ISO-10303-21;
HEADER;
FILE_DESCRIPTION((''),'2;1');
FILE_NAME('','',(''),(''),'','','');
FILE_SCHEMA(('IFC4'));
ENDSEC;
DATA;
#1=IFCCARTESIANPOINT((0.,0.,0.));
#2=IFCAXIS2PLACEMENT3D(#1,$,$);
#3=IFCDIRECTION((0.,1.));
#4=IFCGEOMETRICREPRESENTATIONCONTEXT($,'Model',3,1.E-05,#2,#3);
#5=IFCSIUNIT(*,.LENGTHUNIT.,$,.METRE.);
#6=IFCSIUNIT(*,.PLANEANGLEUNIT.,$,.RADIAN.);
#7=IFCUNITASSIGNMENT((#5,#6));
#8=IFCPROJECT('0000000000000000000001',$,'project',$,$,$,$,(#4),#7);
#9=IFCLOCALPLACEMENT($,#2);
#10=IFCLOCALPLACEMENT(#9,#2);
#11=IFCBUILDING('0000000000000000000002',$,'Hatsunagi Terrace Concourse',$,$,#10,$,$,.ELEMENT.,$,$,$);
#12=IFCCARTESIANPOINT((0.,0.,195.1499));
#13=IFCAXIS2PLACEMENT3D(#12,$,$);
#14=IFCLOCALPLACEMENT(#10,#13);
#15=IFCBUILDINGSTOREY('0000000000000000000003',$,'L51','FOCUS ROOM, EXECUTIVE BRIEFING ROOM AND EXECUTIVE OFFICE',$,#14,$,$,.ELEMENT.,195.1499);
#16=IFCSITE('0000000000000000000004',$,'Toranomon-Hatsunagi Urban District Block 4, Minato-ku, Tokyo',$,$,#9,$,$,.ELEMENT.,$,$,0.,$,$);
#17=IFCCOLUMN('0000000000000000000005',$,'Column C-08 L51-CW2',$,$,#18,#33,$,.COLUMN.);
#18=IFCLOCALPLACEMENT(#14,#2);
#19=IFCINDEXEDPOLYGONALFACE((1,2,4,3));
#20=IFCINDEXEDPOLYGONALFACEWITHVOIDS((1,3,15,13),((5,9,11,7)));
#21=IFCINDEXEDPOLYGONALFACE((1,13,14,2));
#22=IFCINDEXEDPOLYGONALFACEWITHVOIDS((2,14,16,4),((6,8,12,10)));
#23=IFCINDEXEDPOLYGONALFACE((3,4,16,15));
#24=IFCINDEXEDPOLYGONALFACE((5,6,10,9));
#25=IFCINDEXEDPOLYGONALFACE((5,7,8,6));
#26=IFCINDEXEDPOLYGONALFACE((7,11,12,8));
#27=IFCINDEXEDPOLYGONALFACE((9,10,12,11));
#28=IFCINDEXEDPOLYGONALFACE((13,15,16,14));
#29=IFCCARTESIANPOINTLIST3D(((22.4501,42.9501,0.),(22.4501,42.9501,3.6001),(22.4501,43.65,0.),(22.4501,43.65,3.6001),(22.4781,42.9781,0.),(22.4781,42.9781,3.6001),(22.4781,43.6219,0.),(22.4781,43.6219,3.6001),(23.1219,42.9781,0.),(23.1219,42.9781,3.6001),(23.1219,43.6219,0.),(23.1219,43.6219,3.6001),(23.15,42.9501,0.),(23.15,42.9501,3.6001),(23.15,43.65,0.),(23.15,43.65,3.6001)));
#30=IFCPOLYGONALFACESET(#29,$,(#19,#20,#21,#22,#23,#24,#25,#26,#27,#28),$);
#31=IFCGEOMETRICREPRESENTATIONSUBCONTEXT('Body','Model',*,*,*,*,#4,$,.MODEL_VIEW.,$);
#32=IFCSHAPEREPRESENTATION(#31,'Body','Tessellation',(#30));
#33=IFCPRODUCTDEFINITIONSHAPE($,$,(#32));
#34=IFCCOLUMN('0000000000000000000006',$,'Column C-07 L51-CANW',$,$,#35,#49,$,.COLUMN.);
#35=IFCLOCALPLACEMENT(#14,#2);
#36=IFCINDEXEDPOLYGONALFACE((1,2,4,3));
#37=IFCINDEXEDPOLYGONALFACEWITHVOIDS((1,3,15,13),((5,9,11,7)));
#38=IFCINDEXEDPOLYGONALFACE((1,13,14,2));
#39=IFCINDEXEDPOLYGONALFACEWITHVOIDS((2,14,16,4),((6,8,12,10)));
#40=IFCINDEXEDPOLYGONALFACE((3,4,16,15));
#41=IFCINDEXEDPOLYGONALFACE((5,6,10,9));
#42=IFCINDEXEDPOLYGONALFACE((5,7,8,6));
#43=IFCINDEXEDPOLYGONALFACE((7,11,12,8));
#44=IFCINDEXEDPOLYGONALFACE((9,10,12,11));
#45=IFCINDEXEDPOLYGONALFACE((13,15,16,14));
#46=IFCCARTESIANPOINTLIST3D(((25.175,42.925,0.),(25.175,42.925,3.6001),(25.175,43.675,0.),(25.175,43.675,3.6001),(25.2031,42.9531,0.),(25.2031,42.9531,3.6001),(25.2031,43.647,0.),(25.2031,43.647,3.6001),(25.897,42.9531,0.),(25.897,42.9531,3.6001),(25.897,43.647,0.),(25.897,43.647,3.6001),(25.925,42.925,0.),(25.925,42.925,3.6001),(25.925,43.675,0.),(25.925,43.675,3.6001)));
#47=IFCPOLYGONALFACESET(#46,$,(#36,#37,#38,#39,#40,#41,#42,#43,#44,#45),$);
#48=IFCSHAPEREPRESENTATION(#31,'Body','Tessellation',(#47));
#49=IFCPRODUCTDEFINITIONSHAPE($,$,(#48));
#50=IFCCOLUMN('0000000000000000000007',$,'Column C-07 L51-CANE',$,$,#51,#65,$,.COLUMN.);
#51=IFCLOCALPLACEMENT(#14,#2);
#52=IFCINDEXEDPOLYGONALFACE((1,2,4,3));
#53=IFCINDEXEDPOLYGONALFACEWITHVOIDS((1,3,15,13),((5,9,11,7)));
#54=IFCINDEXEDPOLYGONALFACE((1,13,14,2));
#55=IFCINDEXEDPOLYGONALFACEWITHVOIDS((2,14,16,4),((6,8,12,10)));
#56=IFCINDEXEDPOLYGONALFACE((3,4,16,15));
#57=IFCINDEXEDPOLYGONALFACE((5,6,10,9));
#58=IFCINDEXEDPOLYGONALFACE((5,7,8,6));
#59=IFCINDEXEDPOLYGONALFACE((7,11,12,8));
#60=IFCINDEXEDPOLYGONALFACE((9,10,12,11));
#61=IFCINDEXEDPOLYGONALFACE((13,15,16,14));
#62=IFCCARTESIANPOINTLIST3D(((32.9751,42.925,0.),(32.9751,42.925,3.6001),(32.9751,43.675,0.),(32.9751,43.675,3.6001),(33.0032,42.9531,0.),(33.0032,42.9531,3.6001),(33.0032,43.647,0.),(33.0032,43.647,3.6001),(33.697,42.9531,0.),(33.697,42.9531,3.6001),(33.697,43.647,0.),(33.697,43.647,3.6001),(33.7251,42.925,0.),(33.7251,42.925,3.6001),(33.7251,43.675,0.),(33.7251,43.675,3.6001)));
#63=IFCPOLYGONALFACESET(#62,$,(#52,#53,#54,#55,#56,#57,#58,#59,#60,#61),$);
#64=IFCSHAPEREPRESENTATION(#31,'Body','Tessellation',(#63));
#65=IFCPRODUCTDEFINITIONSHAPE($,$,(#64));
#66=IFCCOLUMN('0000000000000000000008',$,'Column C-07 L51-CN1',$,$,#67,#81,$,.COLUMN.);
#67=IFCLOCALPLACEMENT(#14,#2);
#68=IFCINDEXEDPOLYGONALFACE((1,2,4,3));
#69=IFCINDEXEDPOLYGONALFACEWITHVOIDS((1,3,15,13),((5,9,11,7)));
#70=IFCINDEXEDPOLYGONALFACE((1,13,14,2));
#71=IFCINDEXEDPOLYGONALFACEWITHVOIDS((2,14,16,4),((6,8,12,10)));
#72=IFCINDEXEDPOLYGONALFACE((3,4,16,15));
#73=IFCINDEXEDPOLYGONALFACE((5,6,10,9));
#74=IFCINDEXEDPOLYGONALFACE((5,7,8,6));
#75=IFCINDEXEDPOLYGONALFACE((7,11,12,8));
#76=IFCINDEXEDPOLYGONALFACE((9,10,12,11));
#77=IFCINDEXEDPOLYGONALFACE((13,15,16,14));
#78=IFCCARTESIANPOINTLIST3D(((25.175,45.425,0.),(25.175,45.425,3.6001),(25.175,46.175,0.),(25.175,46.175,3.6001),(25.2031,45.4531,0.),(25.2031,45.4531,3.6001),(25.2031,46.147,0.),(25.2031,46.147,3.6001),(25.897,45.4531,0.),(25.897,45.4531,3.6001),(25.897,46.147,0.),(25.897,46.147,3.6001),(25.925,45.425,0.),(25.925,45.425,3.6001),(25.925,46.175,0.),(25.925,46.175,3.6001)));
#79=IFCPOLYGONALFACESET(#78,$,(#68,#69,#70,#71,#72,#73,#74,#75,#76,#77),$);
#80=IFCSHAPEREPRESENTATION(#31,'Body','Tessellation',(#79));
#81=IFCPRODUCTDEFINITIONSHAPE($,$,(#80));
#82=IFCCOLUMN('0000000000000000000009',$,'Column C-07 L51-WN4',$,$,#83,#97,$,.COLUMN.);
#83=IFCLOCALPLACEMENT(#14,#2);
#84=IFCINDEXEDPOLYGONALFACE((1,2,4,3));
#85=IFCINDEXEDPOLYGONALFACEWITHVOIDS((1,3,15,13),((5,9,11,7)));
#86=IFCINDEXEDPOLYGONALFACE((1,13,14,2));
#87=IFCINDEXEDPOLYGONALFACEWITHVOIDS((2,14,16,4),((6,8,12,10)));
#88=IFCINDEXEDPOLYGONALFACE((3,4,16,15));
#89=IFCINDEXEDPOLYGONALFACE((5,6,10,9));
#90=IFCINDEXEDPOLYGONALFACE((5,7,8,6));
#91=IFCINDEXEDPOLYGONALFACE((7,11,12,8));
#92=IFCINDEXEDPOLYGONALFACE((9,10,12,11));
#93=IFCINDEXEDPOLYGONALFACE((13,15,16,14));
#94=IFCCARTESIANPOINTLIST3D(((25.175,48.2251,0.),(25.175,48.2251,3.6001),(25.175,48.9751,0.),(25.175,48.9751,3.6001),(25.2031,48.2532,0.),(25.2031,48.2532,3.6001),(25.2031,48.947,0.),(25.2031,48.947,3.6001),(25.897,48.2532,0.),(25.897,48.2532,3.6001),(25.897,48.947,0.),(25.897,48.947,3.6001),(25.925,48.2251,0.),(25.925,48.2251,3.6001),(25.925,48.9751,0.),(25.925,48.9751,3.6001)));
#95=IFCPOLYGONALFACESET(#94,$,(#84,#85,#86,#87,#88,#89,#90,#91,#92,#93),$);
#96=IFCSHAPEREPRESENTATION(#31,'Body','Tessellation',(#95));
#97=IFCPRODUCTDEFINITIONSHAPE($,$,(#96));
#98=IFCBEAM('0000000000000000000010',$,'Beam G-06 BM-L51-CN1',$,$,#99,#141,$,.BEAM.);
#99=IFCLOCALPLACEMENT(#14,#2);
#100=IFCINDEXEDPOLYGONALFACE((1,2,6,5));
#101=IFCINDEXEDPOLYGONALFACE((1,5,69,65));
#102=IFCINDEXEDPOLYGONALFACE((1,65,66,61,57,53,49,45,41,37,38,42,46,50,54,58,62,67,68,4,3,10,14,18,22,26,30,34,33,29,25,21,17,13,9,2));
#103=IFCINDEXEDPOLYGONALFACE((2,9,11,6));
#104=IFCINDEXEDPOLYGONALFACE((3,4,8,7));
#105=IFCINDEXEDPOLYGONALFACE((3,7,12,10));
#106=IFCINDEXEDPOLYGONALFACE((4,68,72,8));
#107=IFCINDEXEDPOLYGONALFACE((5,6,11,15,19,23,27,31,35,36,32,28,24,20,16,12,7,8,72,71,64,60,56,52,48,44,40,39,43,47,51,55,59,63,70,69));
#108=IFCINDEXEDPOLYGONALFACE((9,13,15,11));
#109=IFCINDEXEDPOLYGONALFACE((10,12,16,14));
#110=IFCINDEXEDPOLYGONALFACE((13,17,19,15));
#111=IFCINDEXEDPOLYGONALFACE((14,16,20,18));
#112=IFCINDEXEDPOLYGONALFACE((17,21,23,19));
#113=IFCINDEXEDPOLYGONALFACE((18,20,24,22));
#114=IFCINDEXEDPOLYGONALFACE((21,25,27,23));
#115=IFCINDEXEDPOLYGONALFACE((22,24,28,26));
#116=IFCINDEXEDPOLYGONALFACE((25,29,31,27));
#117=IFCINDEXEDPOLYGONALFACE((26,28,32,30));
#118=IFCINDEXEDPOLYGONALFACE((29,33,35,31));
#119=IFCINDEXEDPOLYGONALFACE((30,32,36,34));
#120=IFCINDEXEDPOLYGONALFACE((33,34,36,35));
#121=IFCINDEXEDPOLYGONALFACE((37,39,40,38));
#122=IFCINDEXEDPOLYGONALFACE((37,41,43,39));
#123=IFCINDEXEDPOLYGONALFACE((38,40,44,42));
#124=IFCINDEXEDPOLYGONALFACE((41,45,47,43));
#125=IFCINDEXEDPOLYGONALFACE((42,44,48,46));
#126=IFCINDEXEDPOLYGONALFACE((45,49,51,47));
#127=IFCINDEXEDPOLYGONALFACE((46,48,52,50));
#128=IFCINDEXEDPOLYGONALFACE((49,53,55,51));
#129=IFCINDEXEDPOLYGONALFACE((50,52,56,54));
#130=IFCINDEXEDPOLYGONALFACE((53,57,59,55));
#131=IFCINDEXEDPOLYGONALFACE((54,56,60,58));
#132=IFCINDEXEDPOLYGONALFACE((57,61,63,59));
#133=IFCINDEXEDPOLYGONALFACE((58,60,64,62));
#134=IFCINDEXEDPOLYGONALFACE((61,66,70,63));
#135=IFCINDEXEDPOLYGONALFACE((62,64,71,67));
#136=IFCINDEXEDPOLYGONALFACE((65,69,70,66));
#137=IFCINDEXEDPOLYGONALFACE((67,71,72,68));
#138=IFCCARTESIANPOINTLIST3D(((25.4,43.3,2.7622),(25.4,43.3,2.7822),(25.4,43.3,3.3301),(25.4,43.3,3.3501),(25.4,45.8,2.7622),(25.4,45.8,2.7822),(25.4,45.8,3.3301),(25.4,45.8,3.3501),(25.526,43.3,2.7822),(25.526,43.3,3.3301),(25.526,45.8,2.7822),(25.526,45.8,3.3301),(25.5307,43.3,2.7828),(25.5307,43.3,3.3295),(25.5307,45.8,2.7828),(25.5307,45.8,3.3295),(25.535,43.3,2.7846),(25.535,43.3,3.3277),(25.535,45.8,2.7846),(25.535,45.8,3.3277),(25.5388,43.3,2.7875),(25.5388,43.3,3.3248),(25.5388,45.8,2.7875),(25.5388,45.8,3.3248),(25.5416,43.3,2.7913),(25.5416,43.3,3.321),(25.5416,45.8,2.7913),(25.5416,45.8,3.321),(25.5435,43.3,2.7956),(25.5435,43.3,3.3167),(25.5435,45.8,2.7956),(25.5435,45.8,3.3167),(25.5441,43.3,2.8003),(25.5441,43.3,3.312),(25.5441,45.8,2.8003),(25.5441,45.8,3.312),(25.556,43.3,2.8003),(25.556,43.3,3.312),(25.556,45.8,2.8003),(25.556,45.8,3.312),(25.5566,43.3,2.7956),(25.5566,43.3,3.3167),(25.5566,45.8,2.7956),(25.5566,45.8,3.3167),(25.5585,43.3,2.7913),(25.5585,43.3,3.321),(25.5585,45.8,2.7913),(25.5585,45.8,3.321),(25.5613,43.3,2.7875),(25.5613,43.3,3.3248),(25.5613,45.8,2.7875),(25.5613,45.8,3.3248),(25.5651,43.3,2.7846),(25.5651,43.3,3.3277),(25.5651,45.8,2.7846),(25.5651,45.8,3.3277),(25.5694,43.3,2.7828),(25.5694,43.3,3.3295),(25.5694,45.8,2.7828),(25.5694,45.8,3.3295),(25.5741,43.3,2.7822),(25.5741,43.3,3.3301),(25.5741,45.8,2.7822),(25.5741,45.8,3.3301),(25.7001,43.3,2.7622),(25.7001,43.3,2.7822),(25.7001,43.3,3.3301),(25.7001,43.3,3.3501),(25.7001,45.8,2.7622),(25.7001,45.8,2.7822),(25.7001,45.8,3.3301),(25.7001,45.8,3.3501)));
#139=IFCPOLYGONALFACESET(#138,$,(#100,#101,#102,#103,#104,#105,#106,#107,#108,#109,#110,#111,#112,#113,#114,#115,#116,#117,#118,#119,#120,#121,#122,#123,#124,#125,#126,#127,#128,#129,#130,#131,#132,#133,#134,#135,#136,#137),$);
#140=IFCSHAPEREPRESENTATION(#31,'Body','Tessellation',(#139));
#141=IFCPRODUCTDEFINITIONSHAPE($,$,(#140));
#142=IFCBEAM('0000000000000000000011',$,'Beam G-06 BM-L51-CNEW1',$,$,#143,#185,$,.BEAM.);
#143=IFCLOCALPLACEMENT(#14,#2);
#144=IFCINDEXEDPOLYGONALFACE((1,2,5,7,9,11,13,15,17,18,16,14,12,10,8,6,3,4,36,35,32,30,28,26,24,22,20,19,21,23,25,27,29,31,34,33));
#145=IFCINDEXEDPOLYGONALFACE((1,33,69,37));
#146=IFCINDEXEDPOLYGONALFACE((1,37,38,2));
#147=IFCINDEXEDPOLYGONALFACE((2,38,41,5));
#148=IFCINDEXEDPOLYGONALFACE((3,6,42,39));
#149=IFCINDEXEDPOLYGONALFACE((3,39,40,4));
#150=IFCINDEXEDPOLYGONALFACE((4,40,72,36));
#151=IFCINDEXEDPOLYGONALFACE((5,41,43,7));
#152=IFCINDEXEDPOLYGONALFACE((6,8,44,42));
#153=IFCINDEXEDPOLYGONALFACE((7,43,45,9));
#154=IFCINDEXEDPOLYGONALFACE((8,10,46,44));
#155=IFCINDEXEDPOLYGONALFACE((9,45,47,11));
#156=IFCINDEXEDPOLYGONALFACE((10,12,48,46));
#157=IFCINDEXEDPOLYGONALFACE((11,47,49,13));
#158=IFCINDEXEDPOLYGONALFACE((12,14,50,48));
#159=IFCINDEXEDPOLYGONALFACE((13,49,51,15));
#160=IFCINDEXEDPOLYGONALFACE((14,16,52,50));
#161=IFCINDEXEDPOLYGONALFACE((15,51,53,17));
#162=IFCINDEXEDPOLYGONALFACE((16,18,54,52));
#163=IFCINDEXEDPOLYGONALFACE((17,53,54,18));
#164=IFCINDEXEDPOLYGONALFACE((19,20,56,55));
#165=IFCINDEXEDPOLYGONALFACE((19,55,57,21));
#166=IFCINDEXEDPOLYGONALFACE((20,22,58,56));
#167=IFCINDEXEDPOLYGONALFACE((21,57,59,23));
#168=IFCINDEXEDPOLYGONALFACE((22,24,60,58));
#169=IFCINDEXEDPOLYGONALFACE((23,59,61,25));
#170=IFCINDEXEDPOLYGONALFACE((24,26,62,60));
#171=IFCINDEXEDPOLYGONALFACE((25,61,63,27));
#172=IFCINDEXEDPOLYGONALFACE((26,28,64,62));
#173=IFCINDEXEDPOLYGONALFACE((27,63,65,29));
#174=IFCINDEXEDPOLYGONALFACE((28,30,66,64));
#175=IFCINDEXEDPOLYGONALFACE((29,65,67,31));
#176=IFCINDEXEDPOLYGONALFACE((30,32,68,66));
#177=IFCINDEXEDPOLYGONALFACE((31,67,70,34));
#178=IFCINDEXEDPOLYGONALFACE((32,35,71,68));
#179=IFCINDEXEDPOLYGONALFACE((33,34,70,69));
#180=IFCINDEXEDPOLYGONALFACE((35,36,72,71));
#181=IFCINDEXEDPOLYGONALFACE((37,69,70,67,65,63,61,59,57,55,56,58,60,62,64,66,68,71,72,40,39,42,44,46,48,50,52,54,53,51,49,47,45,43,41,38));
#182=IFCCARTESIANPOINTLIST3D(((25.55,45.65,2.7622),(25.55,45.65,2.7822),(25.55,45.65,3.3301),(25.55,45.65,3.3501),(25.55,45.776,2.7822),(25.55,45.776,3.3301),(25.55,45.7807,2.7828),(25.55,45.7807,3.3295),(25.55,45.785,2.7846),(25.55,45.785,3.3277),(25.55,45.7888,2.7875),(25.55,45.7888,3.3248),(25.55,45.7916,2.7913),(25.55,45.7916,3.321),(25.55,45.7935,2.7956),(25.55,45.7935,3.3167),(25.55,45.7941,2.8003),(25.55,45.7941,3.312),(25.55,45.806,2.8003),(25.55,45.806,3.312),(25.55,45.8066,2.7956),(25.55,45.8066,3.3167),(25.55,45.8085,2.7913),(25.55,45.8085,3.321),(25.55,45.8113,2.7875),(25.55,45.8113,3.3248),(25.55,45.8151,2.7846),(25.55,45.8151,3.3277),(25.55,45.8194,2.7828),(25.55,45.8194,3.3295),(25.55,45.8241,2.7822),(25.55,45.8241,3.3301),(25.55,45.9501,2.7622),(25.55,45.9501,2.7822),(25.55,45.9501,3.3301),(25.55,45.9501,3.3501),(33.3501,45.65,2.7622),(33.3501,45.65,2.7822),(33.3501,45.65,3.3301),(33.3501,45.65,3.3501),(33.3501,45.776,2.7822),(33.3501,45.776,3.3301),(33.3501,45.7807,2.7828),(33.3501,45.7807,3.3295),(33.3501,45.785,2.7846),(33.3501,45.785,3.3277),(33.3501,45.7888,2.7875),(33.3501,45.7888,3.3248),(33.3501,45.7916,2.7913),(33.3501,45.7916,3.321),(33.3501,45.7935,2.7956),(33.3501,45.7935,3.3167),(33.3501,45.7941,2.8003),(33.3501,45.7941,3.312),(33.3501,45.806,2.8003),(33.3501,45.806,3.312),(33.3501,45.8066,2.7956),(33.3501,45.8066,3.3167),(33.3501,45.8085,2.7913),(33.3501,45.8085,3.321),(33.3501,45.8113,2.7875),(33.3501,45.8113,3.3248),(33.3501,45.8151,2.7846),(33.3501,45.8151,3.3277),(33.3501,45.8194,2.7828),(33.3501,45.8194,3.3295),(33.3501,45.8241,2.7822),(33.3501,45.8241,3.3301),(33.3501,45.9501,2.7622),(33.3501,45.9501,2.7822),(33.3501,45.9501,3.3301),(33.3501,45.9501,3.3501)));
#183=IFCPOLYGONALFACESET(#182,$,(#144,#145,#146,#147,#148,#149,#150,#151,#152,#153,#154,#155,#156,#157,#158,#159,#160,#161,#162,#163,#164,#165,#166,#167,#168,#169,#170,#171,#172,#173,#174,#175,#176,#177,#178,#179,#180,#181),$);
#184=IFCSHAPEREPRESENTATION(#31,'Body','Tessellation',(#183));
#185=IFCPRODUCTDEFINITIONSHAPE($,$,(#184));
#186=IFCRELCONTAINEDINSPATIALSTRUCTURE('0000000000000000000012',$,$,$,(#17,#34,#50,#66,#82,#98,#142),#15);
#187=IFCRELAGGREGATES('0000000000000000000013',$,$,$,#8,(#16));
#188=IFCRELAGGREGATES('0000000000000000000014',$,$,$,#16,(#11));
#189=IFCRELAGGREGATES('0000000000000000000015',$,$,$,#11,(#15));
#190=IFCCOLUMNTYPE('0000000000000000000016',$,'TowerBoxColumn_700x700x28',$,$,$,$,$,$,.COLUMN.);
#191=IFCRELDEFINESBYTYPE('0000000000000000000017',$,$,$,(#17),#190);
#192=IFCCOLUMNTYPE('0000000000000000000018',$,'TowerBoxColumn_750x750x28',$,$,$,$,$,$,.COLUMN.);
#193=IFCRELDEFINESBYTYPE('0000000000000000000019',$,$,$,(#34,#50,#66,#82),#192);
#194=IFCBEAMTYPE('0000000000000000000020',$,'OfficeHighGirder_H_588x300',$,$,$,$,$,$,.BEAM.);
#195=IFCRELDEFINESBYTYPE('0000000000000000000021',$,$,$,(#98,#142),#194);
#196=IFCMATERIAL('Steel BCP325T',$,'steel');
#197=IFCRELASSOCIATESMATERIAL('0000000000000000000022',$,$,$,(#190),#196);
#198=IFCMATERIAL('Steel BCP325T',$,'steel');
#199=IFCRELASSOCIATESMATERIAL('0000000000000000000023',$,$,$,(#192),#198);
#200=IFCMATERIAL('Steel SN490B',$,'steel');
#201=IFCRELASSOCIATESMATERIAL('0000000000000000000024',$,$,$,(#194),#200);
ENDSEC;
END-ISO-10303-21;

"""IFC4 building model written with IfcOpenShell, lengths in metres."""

from ifc_helpers import new_model, si_unit, direction, frame, origin, origin_2d, place, context, subcontext, project, spatial, hollow_rectangle, i_section, extrude, material, material_profile, profile_set, type_object, element, save


model = new_model("IFC4")

# Units and contexts
model_context = context("Model", 3, precision=1e-05, world=origin(), true_north=direction((0.0, 1.0)))
body_context = subcontext(model_context, "Body", "Model", "MODEL_VIEW")
ifc_project = project(units=[si_unit("LENGTHUNIT", "METRE"), si_unit("PLANEANGLEUNIT", "RADIAN")], contexts=[model_context])

# Site, building, storey
site_placement = place(None, origin())
site = spatial("IfcSite", under=ifc_project, at=site_placement, Name="Toranomon-Hatsunagi Urban District Block 4, Minato-ku, Tokyo", CompositionType="ELEMENT", RefElevation=0.0)
building_placement = place(site_placement, origin())
building = spatial("IfcBuilding", under=site, at=building_placement, Name="Hatsunagi Terrace Concourse", CompositionType="ELEMENT")
storey_placement = place(building_placement, frame((0.0, 0.0, 195.1499)))
storey = spatial("IfcBuildingStorey", under=building, at=storey_placement, Name="L51", Description="FOCUS ROOM, EXECUTIVE BRIEFING ROOM AND EXECUTIVE OFFICE", CompositionType="ELEMENT", Elevation=195.1499)

# Columns
ifc_material_1 = material(Name="Steel BCP325T", Category="steel")
ifc_material_profile_1 = material_profile(ifc_material_1, hollow_rectangle(XDim=0.7, YDim=0.7, WallThickness=0.0281, at=origin_2d()), Name="BCP-700x700x28")
ifc_profile_set_1 = profile_set([ifc_material_profile_1], Name="Steel BCP325T")
column_type_1 = type_object("IfcColumnType", Name="TowerBoxColumn_700x700x28", PredefinedType="COLUMN", material=ifc_profile_set_1)
column_placement = place(storey_placement, frame((22.8, 43.3, 0.0), z_axis=(0.0, 0.0, 1.0), x_axis=(1.0, 0.0, 0.0)))
element("IfcColumn", 1, at=column_placement, inside=storey, type_object=column_type_1, Name="Column C-08 L51-CW2", PredefinedType="COLUMN", context=body_context, shape_type="SweptSolid", body=[
    extrude(hollow_rectangle(XDim=0.7, YDim=0.7, WallThickness=0.0281, at=origin_2d()), origin(), (0.0, 0.0, 1.0), 3.6001),
])
ifc_material_2 = material(Name="Steel BCP325T", Category="steel")
ifc_material_profile_2 = material_profile(ifc_material_2, hollow_rectangle(XDim=0.75, YDim=0.75, WallThickness=0.0281, at=origin_2d()), Name="BCP-750x750x28")
ifc_profile_set_2 = profile_set([ifc_material_profile_2], Name="Steel BCP325T")
column_type_2 = type_object("IfcColumnType", Name="TowerBoxColumn_750x750x28", PredefinedType="COLUMN", material=ifc_profile_set_2)
for number, where, z_axis, x_axis, name in (
    (2, (25.55, 43.3, 0.0), (0.0, 0.0, 1.0), (1.0, 0.0, 0.0), "Column C-07 L51-CANW"),
    (3, (33.3501, 43.3, 0.0), (0.0, 0.0, 1.0), (1.0, 0.0, 0.0), "Column C-07 L51-CANE"),
    (4, (25.55, 45.8, 0.0), (0.0, 0.0, 1.0), (1.0, 0.0, 0.0), "Column C-07 L51-CN1"),
    (5, (25.55, 48.6001, 0.0), (0.0, 0.0, 1.0), (1.0, 0.0, 0.0), "Column C-07 L51-WN4"),
):
    element("IfcColumn", number, at=place(storey_placement, frame(where, z_axis=z_axis, x_axis=x_axis)), inside=storey, type_object=column_type_2, Name=name, PredefinedType="COLUMN", context=body_context, shape_type="SweptSolid", body=[
        extrude(hollow_rectangle(XDim=0.75, YDim=0.75, WallThickness=0.0281, at=origin_2d()), origin(), (0.0, 0.0, 1.0), 3.6001),
    ])

# Beams
ifc_material_3 = material(Name="Steel SN490B", Category="steel")
ifc_material_profile_3 = material_profile(ifc_material_3, i_section(OverallWidth=0.3, OverallDepth=0.5879, WebThickness=0.012, FlangeThickness=0.02, FilletRadius=0.0181, at=origin_2d()), Name="H-588x300x12x20")
ifc_profile_set_3 = profile_set([ifc_material_profile_3], Name="Steel SN490B")
beam_type_1 = type_object("IfcBeamType", Name="OfficeHighGirder_H_588x300", PredefinedType="BEAM", material=ifc_profile_set_3)
beam_1_placement = place(storey_placement, frame((25.55, 43.3, 3.0562), z_axis=(0.0, 1.0, 0.0), x_axis=(-1.0, 0.0, 0.0)))
element("IfcBeam", 6, at=beam_1_placement, inside=storey, type_object=beam_type_1, Name="Beam G-06 BM-L51-CN1", PredefinedType="BEAM", context=body_context, shape_type="SweptSolid", body=[
    extrude(i_section(OverallWidth=0.3, OverallDepth=0.5879, WebThickness=0.012, FlangeThickness=0.02, FilletRadius=0.0181, at=origin_2d()), origin(), (0.0, 0.0, 1.0), 2.5),
])
beam_2_placement = place(storey_placement, frame((25.55, 45.8, 3.0562), z_axis=(1.0, 0.0, 0.0), x_axis=(0.0, 1.0, 0.0)))
element("IfcBeam", 7, at=beam_2_placement, inside=storey, type_object=beam_type_1, Name="Beam G-06 BM-L51-CNEW1", PredefinedType="BEAM", context=body_context, shape_type="SweptSolid", body=[
    extrude(i_section(OverallWidth=0.3, OverallDepth=0.5879, WebThickness=0.012, FlangeThickness=0.02, FilletRadius=0.0181, at=origin_2d()), origin(), (0.0, 0.0, 1.0), 7.8),
])

save(model, "model.ifc")
